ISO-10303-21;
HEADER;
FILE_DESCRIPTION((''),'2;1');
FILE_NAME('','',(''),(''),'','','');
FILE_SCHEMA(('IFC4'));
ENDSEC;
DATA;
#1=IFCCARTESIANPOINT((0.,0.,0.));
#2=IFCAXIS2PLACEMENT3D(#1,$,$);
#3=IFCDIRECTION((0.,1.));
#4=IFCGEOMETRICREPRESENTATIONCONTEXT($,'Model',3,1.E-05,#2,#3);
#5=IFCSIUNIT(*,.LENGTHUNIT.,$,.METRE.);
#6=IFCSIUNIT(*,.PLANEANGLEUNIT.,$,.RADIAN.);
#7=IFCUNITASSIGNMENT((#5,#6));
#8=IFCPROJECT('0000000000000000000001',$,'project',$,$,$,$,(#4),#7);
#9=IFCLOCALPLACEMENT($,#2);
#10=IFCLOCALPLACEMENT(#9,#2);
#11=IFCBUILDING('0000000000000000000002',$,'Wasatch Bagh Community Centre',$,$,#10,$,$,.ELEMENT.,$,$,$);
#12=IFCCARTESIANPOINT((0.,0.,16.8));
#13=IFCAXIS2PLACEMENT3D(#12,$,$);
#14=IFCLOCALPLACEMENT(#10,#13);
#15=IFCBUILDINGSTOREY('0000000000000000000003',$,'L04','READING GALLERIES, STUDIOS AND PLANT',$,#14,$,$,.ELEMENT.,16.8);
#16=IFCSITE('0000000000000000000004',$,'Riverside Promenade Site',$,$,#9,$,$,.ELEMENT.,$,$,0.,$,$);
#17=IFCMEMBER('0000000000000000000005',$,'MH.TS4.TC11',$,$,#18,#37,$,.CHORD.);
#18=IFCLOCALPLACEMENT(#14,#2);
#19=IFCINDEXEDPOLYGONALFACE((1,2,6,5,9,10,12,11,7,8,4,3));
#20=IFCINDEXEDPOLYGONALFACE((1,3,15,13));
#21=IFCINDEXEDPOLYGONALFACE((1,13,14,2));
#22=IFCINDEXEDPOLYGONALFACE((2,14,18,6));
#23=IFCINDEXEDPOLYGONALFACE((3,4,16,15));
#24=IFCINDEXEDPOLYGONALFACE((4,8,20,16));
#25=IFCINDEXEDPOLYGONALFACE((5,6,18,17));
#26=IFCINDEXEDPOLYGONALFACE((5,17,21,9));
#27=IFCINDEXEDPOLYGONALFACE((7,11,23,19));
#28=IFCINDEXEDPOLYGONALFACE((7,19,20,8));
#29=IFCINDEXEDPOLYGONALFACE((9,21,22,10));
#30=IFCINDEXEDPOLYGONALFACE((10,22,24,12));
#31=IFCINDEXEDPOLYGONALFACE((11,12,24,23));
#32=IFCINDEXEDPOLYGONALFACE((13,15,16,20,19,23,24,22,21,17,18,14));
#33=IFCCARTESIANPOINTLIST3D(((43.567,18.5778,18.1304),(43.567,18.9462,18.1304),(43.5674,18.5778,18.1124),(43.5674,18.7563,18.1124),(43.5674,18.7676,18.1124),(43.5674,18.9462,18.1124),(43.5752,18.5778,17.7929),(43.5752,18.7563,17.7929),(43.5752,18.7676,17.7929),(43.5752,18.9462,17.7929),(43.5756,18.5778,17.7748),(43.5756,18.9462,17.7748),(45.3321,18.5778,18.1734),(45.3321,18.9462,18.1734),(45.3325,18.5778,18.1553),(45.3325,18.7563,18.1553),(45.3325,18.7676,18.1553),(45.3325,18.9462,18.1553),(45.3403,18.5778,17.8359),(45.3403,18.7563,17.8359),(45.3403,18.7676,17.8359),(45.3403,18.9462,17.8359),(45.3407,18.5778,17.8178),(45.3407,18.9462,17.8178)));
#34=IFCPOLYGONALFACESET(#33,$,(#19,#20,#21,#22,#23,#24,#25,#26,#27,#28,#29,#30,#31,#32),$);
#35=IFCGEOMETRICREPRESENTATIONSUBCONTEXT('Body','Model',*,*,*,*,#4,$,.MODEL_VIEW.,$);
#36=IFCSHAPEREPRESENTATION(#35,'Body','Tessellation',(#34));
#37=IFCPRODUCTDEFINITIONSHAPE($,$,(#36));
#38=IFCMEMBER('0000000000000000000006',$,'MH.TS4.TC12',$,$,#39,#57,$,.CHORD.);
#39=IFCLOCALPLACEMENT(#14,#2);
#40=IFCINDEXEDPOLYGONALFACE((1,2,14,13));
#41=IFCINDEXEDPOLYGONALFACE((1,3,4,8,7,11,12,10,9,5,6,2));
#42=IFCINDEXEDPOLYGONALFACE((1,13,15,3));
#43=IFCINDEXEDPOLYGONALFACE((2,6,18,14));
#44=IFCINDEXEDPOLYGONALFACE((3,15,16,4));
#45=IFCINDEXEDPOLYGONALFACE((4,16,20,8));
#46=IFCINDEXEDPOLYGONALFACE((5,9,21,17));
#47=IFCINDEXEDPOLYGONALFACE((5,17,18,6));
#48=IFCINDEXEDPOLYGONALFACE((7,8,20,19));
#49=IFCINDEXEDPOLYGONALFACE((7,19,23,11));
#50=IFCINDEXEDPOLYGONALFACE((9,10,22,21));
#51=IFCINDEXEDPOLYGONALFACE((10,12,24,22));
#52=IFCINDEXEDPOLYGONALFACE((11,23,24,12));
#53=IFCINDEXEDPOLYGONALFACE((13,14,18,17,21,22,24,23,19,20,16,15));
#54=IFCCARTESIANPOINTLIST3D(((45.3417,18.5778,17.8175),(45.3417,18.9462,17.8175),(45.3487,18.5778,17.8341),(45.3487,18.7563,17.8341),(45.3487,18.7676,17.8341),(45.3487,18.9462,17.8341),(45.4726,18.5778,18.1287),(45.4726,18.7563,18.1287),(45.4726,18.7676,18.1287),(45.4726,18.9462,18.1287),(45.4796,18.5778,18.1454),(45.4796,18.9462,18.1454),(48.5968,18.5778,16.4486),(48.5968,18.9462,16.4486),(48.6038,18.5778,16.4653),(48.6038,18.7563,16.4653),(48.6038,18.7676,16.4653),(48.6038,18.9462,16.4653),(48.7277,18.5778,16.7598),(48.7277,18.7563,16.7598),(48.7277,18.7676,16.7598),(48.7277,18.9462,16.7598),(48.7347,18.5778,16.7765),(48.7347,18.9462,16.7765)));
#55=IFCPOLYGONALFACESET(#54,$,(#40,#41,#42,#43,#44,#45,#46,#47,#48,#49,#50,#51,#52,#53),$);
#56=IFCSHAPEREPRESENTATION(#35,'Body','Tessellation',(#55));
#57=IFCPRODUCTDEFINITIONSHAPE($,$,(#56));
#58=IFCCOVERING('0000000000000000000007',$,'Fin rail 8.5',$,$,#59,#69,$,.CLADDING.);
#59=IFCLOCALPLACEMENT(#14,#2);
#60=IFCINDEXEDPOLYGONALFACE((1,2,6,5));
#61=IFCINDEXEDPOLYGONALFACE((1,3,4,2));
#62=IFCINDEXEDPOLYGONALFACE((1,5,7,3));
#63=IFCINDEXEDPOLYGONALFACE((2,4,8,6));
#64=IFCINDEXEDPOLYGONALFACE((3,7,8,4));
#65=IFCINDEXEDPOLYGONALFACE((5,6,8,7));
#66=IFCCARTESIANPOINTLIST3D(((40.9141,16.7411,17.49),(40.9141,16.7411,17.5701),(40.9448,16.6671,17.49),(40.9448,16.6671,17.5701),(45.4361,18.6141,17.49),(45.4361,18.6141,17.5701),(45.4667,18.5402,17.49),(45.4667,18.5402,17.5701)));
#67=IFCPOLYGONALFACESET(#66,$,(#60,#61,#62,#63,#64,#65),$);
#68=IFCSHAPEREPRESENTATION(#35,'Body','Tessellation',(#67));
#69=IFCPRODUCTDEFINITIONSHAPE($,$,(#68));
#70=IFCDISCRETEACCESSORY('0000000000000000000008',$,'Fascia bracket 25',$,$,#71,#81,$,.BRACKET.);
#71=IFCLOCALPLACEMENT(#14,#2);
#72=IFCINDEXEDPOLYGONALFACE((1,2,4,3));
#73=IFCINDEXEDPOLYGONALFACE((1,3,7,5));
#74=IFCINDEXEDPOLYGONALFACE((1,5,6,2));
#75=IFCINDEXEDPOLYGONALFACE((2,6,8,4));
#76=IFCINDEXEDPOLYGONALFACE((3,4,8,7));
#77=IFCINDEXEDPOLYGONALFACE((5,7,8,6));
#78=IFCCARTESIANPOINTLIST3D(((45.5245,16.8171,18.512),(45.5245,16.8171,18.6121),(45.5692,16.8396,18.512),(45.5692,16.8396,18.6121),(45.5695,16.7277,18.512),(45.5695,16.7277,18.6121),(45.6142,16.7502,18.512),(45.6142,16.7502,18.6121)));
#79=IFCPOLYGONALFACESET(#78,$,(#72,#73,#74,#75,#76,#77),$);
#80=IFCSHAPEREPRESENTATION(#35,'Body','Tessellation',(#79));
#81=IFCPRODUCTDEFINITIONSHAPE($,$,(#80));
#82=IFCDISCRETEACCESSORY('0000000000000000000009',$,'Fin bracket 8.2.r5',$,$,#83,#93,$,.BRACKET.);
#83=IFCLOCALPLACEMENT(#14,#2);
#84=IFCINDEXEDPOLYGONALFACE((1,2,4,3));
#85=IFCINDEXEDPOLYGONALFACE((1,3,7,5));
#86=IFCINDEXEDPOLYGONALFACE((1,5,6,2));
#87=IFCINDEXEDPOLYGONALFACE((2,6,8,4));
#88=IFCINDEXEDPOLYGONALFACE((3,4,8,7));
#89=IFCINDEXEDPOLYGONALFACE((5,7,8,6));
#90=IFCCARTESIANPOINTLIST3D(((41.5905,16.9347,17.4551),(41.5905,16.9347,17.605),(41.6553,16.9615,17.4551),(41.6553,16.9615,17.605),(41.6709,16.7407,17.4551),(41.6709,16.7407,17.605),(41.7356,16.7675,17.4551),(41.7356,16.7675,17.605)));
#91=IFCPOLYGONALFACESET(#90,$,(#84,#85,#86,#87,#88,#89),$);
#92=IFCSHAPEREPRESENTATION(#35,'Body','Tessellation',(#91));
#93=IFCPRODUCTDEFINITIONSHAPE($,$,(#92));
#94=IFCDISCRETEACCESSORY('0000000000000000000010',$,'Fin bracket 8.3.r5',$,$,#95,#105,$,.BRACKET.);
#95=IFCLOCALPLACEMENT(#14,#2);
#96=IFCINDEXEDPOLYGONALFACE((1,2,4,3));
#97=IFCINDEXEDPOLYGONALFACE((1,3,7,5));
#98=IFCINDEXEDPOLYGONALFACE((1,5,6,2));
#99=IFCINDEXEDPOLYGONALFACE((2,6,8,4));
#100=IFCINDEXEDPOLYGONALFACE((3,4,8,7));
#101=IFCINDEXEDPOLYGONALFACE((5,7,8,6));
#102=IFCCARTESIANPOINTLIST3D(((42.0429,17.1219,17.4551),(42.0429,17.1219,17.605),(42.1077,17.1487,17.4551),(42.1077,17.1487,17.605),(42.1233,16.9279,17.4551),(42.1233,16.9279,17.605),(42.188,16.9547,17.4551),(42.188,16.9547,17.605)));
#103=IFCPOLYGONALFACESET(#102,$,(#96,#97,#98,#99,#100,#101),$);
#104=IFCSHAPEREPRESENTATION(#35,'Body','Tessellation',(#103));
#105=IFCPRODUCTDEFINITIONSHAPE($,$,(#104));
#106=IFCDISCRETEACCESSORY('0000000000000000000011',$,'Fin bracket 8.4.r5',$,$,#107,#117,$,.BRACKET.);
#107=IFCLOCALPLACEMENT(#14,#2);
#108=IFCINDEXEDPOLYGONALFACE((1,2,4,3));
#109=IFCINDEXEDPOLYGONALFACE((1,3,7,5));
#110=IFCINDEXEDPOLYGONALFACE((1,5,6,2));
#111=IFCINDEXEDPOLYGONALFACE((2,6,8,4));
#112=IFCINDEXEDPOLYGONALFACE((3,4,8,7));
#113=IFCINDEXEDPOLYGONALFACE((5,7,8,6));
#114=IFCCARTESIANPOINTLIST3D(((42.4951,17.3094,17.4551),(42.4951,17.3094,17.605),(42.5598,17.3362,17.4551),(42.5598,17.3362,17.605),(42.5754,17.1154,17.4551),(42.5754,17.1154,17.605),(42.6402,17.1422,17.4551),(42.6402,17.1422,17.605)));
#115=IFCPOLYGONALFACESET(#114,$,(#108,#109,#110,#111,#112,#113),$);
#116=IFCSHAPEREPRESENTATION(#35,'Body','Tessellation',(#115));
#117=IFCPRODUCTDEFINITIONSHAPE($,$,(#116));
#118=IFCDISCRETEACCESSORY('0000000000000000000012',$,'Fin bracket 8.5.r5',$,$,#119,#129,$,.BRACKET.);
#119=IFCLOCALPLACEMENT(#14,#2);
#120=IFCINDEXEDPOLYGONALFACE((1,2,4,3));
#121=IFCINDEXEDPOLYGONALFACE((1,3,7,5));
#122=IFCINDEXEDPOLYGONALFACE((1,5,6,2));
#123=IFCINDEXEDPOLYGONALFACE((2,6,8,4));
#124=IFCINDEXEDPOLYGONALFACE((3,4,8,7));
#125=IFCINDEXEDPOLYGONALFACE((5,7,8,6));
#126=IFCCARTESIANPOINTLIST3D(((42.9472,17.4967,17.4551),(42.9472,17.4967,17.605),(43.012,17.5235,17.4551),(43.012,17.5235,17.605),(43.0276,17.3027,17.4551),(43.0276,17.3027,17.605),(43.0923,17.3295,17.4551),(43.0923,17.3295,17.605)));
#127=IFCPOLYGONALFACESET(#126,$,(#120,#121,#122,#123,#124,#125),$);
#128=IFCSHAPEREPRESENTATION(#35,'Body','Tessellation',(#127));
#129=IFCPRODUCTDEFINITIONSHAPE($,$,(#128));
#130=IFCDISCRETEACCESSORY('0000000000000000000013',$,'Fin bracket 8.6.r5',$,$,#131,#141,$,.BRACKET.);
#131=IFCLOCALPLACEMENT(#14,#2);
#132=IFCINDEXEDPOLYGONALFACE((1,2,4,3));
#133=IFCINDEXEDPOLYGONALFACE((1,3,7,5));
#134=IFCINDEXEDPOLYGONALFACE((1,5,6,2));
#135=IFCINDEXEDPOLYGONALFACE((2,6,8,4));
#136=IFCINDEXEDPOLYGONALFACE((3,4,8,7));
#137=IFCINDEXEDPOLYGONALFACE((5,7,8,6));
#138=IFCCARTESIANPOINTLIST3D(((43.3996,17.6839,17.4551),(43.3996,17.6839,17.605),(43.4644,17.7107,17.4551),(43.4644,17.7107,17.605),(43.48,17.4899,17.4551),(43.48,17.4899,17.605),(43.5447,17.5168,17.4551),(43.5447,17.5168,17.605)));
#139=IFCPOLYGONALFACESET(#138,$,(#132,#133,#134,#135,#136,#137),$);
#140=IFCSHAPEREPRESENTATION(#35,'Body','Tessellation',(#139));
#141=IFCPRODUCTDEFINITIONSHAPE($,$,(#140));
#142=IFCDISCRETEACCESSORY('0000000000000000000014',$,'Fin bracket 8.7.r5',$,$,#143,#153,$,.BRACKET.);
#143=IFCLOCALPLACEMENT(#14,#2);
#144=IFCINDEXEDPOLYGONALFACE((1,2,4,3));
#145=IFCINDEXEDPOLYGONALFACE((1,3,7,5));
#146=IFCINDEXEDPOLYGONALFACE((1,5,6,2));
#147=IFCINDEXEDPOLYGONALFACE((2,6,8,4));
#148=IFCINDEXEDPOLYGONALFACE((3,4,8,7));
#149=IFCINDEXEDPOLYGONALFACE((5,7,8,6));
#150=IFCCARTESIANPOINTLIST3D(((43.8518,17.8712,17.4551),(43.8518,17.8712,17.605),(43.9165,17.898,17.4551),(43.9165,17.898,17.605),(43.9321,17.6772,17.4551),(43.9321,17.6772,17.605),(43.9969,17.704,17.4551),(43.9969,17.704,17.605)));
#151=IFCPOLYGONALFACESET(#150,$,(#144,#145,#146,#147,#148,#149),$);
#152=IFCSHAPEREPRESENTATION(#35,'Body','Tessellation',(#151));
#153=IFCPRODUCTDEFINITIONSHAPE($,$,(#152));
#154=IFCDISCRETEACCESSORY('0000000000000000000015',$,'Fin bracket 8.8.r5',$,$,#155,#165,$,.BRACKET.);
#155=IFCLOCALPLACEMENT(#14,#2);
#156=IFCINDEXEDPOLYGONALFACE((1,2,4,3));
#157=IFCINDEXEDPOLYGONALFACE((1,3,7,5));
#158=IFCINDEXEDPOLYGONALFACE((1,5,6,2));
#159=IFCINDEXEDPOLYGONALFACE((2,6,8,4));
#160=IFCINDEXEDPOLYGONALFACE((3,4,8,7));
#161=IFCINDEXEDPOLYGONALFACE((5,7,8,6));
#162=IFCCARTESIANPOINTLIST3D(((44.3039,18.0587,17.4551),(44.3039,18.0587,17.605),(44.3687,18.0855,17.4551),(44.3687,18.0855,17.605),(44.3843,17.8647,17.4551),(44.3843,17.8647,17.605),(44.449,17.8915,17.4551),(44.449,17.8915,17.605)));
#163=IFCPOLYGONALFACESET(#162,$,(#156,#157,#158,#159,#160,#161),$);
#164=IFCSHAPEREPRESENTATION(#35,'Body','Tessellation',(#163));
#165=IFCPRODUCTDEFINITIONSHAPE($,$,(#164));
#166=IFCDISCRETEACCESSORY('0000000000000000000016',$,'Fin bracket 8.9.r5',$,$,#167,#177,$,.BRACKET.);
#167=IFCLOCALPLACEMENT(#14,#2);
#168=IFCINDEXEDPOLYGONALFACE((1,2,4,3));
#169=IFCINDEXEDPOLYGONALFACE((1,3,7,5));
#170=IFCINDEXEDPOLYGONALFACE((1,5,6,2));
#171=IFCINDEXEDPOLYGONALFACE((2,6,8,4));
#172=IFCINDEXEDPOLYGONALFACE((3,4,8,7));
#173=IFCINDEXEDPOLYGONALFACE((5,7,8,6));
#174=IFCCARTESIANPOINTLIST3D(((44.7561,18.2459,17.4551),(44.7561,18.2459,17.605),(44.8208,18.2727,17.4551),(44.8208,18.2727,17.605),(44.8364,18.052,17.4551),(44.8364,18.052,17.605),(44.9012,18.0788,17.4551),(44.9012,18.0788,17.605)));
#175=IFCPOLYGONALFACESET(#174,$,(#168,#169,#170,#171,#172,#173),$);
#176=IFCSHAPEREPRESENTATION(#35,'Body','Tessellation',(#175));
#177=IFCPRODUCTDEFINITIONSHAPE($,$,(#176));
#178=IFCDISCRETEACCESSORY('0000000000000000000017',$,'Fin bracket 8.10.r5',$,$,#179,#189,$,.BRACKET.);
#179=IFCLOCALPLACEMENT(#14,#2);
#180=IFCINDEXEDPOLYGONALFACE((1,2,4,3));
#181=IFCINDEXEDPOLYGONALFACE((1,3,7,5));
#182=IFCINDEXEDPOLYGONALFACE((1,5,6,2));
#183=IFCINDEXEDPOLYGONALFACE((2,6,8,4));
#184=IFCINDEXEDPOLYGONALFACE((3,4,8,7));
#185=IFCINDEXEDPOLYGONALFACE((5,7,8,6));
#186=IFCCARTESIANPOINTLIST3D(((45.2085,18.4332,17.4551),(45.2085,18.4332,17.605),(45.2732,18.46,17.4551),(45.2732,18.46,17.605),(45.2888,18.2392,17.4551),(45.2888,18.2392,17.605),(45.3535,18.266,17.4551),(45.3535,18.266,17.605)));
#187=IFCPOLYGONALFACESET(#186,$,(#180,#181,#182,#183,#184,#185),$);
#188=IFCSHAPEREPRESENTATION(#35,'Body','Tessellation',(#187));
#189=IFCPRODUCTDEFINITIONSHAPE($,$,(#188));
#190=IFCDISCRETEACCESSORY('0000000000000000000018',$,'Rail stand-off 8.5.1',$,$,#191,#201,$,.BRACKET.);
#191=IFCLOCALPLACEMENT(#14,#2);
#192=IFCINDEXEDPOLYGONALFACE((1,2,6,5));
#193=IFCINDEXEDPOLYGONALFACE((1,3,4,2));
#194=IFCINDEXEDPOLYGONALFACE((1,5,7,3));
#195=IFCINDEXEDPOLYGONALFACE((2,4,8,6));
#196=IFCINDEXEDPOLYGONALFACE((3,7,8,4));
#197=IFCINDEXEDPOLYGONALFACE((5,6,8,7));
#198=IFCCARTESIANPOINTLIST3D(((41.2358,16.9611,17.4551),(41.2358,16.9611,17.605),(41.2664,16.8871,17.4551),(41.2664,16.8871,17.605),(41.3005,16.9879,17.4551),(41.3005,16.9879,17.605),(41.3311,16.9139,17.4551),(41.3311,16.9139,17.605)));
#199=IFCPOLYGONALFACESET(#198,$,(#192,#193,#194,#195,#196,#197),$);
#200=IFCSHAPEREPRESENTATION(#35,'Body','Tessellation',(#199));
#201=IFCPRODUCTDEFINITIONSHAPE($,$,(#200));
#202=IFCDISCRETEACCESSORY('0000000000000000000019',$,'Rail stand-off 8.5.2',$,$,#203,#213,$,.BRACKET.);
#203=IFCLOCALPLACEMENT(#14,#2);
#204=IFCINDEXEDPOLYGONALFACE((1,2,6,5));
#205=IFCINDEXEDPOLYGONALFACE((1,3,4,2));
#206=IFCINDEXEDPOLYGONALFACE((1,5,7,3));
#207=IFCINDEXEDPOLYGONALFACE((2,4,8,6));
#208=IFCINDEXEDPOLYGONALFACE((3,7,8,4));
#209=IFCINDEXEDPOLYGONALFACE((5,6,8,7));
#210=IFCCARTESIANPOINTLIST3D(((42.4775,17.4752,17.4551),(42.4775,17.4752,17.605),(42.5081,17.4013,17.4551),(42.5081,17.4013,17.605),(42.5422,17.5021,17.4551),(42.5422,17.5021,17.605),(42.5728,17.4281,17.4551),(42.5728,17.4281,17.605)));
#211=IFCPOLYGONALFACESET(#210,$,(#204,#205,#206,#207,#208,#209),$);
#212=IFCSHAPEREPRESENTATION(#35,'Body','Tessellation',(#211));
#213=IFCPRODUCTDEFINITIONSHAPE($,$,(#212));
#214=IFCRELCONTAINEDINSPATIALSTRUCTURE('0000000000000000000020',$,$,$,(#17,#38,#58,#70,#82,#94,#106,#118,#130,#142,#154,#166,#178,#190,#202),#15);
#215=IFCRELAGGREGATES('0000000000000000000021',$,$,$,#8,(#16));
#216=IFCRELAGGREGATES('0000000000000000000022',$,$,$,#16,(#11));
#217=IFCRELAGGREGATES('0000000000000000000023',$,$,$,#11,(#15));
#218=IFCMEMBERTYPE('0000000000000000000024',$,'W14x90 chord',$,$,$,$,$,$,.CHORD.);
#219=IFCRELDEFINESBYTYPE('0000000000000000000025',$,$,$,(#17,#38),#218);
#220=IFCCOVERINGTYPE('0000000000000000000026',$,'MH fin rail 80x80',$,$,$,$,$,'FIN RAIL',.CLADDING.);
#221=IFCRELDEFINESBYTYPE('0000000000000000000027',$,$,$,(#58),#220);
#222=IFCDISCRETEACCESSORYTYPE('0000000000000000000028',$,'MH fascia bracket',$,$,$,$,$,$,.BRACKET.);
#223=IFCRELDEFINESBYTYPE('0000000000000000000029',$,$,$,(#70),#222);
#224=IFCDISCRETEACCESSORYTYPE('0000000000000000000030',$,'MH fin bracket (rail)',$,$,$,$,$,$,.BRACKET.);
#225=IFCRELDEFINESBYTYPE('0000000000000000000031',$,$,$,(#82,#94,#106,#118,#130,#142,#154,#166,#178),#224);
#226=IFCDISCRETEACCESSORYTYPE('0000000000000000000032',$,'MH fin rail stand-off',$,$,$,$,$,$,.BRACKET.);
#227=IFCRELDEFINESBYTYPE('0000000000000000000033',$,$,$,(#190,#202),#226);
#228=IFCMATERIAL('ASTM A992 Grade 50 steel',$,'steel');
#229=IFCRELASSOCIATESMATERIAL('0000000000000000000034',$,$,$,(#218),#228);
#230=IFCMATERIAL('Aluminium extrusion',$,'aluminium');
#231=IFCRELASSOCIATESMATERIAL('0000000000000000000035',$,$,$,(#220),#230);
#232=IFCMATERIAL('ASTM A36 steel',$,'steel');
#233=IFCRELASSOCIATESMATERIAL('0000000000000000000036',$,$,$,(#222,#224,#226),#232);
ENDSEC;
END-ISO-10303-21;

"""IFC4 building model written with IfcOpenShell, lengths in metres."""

from ifc_helpers import new_model, si_unit, direction, frame, origin, origin_2d, place, context, subcontext, project, spatial, rectangle, i_section, extrude, material, material_profile, profile_set, type_object, element, save


model = new_model("IFC4")

# Units and contexts
model_context = context("Model", 3, precision=1e-05, world=origin(), true_north=direction((0.0, 1.0)))
body_context = subcontext(model_context, "Body", "Model", "MODEL_VIEW")
ifc_project = project(units=[si_unit("LENGTHUNIT", "METRE"), si_unit("PLANEANGLEUNIT", "RADIAN")], contexts=[model_context])

# Site, building, storey
site_placement = place(None, origin())
site = spatial("IfcSite", under=ifc_project, at=site_placement, Name="Riverside Promenade Site", CompositionType="ELEMENT", RefElevation=0.0)
building_placement = place(site_placement, origin())
building = spatial("IfcBuilding", under=site, at=building_placement, Name="Wasatch Bagh Community Centre", CompositionType="ELEMENT")
storey_placement = place(building_placement, frame((0.0, 0.0, 16.8)))
storey = spatial("IfcBuildingStorey", under=building, at=storey_placement, Name="L04", Description="READING GALLERIES, STUDIOS AND PLANT", CompositionType="ELEMENT", Elevation=16.8)

# Shared definitions
ifc_material_1 = material(Name="Aluminium extrusion", Category="aluminium")

# Members
ifc_material_2 = material(Name="ASTM A992 Grade 50 steel", Category="steel")
ifc_material_profile_1 = material_profile(ifc_material_2, i_section(OverallWidth=0.3684, OverallDepth=0.3557, WebThickness=0.0112, FlangeThickness=0.0181, at=origin_2d()), Name="W14x90")
ifc_profile_set_1 = profile_set([ifc_material_profile_1], Name="ASTM A992 Grade 50 steel")
member_type_1 = type_object("IfcMemberType", Name="W14x90 chord", PredefinedType="CHORD", material=ifc_profile_set_1)
member_1_placement = place(storey_placement, frame((43.5713, 18.762, 17.9526), z_axis=(0.999704, 0.0, 0.024336), x_axis=(0.0, 1.0, 0.0)))
element("IfcMember", 1, at=member_1_placement, inside=storey, type_object=member_type_1, Name="MH.TS4.TC11", PredefinedType="CHORD", context=body_context, shape_type="SweptSolid", body=[
    extrude(i_section(OverallWidth=0.3684, OverallDepth=0.3557, WebThickness=0.0112, FlangeThickness=0.0181, at=origin_2d()), origin(), (0.0, 0.0, 1.0), 1.7656),
])
member_2_placement = place(storey_placement, frame((45.4106, 18.762, 17.9814), z_axis=(0.921806, 0.0, -0.387652), x_axis=(0.0, 1.0, 0.0)))
element("IfcMember", 2, at=member_2_placement, inside=storey, type_object=member_type_1, Name="MH.TS4.TC12", PredefinedType="CHORD", context=body_context, shape_type="SweptSolid", body=[
    extrude(i_section(OverallWidth=0.3684, OverallDepth=0.3557, WebThickness=0.0112, FlangeThickness=0.0181, at=origin_2d()), origin(), (0.0, 0.0, 1.0), 3.5312),
])

# Covering
ifc_material_profile_2 = material_profile(ifc_material_1, rectangle(XDim=0.0801, YDim=0.0801, at=origin_2d()), Name="AL 80x80")
ifc_profile_set_2 = profile_set([ifc_material_profile_2], Name="Aluminium extrusion")
covering_type = type_object("IfcCoveringType", Name="MH fin rail 80x80", ElementType="FIN RAIL", PredefinedType="CLADDING", material=ifc_profile_set_2)
covering_placement = place(storey_placement, frame((40.9294, 16.7041, 17.53), z_axis=(0.923881, 0.382681, 0.0), x_axis=(-0.382681, 0.923881, 0.0)))
element("IfcCovering", 3, at=covering_placement, inside=storey, type_object=covering_type, Name="Fin rail 8.5", PredefinedType="CLADDING", context=body_context, shape_type="SweptSolid", body=[
    extrude(rectangle(XDim=0.0801, YDim=0.0801, at=origin_2d()), origin(), (0.0, 0.0, 1.0), 4.8945),
])

# Discrete accessories
ifc_material_3 = material(Name="ASTM A36 steel", Category="steel")
discrete_accessory_type_1 = type_object("IfcDiscreteAccessoryType", Name="MH fascia bracket", PredefinedType="BRACKET", material=ifc_material_3)
discrete_accessory_1_placement = place(storey_placement, frame((45.5693, 16.7837, 18.512), z_axis=(0.0, 0.0, 1.0), x_axis=(0.449611, -0.893224, 0.0)))
element("IfcDiscreteAccessory", 4, at=discrete_accessory_1_placement, inside=storey, type_object=discrete_accessory_type_1, Name="Fascia bracket 25", PredefinedType="BRACKET", context=body_context, shape_type="SweptSolid", body=[
    extrude(rectangle(XDim=0.1001, YDim=0.05, at=origin_2d()), origin(), (0.0, 0.0, 1.0), 0.1001),
])
discrete_accessory_type_2 = type_object("IfcDiscreteAccessoryType", Name="MH fin bracket (rail)", PredefinedType="BRACKET", material=ifc_material_3)
for number, where, z_axis, x_axis, name in (
    (5, (41.6631, 16.8511, 17.4551), (0.0, 0.0, 1.0), (0.92388, 0.382683, 0.0), "Fin bracket 8.2.r5"),
    (6, (42.1155, 17.0383, 17.4551), (0.0, 0.0, 1.0), (0.92388, 0.382683, 0.0), "Fin bracket 8.3.r5"),
    (7, (42.5676, 17.2258, 17.4551), (0.0, 0.0, 1.0), (0.92388, 0.382683, 0.0), "Fin bracket 8.4.r5"),
    (8, (43.0198, 17.4131, 17.4551), (0.0, 0.0, 1.0), (0.92388, 0.382683, 0.0), "Fin bracket 8.5.r5"),
    (9, (43.4722, 17.6003, 17.4551), (0.0, 0.0, 1.0), (0.92388, 0.382683, 0.0), "Fin bracket 8.6.r5"),
    (10, (43.9243, 17.7876, 17.4551), (0.0, 0.0, 1.0), (0.92388, 0.382683, 0.0), "Fin bracket 8.7.r5"),
    (11, (44.3765, 17.9751, 17.4551), (0.0, 0.0, 1.0), (0.92388, 0.382683, 0.0), "Fin bracket 8.8.r5"),
    (12, (44.8286, 18.1624, 17.4551), (0.0, 0.0, 1.0), (0.92388, 0.382683, 0.0), "Fin bracket 8.9.r5"),
    (13, (45.281, 18.3496, 17.4551), (0.0, 0.0, 1.0), (0.92388, 0.382683, 0.0), "Fin bracket 8.10.r5"),
):
    element("IfcDiscreteAccessory", number, at=place(storey_placement, frame(where, z_axis=z_axis, x_axis=x_axis)), inside=storey, type_object=discrete_accessory_type_2, Name=name, PredefinedType="BRACKET", context=body_context, shape_type="SweptSolid", body=[
        extrude(rectangle(XDim=0.0701, YDim=0.21, at=origin_2d()), origin(), (0.0, 0.0, 1.0), 0.1499),
    ])
discrete_accessory_type_3 = type_object("IfcDiscreteAccessoryType", Name="MH fin rail stand-off", PredefinedType="BRACKET", material=ifc_material_3)
for number, where, z_axis, x_axis, name in (
    (14, (41.2834, 16.9375, 17.4551), (0.0, 0.0, 1.0), (0.92388, 0.382683, 0.0), "Rail stand-off 8.5.1"),
    (15, (42.5251, 17.4517, 17.4551), (0.0, 0.0, 1.0), (0.92388, 0.382683, 0.0), "Rail stand-off 8.5.2"),
):
    element("IfcDiscreteAccessory", number, at=place(storey_placement, frame(where, z_axis=z_axis, x_axis=x_axis)), inside=storey, type_object=discrete_accessory_type_3, Name=name, PredefinedType="BRACKET", context=body_context, shape_type="SweptSolid", body=[
        extrude(rectangle(XDim=0.0701, YDim=0.0801, at=origin_2d()), origin(), (0.0, 0.0, 1.0), 0.1499),
    ])

save(model, "model.ifc")
